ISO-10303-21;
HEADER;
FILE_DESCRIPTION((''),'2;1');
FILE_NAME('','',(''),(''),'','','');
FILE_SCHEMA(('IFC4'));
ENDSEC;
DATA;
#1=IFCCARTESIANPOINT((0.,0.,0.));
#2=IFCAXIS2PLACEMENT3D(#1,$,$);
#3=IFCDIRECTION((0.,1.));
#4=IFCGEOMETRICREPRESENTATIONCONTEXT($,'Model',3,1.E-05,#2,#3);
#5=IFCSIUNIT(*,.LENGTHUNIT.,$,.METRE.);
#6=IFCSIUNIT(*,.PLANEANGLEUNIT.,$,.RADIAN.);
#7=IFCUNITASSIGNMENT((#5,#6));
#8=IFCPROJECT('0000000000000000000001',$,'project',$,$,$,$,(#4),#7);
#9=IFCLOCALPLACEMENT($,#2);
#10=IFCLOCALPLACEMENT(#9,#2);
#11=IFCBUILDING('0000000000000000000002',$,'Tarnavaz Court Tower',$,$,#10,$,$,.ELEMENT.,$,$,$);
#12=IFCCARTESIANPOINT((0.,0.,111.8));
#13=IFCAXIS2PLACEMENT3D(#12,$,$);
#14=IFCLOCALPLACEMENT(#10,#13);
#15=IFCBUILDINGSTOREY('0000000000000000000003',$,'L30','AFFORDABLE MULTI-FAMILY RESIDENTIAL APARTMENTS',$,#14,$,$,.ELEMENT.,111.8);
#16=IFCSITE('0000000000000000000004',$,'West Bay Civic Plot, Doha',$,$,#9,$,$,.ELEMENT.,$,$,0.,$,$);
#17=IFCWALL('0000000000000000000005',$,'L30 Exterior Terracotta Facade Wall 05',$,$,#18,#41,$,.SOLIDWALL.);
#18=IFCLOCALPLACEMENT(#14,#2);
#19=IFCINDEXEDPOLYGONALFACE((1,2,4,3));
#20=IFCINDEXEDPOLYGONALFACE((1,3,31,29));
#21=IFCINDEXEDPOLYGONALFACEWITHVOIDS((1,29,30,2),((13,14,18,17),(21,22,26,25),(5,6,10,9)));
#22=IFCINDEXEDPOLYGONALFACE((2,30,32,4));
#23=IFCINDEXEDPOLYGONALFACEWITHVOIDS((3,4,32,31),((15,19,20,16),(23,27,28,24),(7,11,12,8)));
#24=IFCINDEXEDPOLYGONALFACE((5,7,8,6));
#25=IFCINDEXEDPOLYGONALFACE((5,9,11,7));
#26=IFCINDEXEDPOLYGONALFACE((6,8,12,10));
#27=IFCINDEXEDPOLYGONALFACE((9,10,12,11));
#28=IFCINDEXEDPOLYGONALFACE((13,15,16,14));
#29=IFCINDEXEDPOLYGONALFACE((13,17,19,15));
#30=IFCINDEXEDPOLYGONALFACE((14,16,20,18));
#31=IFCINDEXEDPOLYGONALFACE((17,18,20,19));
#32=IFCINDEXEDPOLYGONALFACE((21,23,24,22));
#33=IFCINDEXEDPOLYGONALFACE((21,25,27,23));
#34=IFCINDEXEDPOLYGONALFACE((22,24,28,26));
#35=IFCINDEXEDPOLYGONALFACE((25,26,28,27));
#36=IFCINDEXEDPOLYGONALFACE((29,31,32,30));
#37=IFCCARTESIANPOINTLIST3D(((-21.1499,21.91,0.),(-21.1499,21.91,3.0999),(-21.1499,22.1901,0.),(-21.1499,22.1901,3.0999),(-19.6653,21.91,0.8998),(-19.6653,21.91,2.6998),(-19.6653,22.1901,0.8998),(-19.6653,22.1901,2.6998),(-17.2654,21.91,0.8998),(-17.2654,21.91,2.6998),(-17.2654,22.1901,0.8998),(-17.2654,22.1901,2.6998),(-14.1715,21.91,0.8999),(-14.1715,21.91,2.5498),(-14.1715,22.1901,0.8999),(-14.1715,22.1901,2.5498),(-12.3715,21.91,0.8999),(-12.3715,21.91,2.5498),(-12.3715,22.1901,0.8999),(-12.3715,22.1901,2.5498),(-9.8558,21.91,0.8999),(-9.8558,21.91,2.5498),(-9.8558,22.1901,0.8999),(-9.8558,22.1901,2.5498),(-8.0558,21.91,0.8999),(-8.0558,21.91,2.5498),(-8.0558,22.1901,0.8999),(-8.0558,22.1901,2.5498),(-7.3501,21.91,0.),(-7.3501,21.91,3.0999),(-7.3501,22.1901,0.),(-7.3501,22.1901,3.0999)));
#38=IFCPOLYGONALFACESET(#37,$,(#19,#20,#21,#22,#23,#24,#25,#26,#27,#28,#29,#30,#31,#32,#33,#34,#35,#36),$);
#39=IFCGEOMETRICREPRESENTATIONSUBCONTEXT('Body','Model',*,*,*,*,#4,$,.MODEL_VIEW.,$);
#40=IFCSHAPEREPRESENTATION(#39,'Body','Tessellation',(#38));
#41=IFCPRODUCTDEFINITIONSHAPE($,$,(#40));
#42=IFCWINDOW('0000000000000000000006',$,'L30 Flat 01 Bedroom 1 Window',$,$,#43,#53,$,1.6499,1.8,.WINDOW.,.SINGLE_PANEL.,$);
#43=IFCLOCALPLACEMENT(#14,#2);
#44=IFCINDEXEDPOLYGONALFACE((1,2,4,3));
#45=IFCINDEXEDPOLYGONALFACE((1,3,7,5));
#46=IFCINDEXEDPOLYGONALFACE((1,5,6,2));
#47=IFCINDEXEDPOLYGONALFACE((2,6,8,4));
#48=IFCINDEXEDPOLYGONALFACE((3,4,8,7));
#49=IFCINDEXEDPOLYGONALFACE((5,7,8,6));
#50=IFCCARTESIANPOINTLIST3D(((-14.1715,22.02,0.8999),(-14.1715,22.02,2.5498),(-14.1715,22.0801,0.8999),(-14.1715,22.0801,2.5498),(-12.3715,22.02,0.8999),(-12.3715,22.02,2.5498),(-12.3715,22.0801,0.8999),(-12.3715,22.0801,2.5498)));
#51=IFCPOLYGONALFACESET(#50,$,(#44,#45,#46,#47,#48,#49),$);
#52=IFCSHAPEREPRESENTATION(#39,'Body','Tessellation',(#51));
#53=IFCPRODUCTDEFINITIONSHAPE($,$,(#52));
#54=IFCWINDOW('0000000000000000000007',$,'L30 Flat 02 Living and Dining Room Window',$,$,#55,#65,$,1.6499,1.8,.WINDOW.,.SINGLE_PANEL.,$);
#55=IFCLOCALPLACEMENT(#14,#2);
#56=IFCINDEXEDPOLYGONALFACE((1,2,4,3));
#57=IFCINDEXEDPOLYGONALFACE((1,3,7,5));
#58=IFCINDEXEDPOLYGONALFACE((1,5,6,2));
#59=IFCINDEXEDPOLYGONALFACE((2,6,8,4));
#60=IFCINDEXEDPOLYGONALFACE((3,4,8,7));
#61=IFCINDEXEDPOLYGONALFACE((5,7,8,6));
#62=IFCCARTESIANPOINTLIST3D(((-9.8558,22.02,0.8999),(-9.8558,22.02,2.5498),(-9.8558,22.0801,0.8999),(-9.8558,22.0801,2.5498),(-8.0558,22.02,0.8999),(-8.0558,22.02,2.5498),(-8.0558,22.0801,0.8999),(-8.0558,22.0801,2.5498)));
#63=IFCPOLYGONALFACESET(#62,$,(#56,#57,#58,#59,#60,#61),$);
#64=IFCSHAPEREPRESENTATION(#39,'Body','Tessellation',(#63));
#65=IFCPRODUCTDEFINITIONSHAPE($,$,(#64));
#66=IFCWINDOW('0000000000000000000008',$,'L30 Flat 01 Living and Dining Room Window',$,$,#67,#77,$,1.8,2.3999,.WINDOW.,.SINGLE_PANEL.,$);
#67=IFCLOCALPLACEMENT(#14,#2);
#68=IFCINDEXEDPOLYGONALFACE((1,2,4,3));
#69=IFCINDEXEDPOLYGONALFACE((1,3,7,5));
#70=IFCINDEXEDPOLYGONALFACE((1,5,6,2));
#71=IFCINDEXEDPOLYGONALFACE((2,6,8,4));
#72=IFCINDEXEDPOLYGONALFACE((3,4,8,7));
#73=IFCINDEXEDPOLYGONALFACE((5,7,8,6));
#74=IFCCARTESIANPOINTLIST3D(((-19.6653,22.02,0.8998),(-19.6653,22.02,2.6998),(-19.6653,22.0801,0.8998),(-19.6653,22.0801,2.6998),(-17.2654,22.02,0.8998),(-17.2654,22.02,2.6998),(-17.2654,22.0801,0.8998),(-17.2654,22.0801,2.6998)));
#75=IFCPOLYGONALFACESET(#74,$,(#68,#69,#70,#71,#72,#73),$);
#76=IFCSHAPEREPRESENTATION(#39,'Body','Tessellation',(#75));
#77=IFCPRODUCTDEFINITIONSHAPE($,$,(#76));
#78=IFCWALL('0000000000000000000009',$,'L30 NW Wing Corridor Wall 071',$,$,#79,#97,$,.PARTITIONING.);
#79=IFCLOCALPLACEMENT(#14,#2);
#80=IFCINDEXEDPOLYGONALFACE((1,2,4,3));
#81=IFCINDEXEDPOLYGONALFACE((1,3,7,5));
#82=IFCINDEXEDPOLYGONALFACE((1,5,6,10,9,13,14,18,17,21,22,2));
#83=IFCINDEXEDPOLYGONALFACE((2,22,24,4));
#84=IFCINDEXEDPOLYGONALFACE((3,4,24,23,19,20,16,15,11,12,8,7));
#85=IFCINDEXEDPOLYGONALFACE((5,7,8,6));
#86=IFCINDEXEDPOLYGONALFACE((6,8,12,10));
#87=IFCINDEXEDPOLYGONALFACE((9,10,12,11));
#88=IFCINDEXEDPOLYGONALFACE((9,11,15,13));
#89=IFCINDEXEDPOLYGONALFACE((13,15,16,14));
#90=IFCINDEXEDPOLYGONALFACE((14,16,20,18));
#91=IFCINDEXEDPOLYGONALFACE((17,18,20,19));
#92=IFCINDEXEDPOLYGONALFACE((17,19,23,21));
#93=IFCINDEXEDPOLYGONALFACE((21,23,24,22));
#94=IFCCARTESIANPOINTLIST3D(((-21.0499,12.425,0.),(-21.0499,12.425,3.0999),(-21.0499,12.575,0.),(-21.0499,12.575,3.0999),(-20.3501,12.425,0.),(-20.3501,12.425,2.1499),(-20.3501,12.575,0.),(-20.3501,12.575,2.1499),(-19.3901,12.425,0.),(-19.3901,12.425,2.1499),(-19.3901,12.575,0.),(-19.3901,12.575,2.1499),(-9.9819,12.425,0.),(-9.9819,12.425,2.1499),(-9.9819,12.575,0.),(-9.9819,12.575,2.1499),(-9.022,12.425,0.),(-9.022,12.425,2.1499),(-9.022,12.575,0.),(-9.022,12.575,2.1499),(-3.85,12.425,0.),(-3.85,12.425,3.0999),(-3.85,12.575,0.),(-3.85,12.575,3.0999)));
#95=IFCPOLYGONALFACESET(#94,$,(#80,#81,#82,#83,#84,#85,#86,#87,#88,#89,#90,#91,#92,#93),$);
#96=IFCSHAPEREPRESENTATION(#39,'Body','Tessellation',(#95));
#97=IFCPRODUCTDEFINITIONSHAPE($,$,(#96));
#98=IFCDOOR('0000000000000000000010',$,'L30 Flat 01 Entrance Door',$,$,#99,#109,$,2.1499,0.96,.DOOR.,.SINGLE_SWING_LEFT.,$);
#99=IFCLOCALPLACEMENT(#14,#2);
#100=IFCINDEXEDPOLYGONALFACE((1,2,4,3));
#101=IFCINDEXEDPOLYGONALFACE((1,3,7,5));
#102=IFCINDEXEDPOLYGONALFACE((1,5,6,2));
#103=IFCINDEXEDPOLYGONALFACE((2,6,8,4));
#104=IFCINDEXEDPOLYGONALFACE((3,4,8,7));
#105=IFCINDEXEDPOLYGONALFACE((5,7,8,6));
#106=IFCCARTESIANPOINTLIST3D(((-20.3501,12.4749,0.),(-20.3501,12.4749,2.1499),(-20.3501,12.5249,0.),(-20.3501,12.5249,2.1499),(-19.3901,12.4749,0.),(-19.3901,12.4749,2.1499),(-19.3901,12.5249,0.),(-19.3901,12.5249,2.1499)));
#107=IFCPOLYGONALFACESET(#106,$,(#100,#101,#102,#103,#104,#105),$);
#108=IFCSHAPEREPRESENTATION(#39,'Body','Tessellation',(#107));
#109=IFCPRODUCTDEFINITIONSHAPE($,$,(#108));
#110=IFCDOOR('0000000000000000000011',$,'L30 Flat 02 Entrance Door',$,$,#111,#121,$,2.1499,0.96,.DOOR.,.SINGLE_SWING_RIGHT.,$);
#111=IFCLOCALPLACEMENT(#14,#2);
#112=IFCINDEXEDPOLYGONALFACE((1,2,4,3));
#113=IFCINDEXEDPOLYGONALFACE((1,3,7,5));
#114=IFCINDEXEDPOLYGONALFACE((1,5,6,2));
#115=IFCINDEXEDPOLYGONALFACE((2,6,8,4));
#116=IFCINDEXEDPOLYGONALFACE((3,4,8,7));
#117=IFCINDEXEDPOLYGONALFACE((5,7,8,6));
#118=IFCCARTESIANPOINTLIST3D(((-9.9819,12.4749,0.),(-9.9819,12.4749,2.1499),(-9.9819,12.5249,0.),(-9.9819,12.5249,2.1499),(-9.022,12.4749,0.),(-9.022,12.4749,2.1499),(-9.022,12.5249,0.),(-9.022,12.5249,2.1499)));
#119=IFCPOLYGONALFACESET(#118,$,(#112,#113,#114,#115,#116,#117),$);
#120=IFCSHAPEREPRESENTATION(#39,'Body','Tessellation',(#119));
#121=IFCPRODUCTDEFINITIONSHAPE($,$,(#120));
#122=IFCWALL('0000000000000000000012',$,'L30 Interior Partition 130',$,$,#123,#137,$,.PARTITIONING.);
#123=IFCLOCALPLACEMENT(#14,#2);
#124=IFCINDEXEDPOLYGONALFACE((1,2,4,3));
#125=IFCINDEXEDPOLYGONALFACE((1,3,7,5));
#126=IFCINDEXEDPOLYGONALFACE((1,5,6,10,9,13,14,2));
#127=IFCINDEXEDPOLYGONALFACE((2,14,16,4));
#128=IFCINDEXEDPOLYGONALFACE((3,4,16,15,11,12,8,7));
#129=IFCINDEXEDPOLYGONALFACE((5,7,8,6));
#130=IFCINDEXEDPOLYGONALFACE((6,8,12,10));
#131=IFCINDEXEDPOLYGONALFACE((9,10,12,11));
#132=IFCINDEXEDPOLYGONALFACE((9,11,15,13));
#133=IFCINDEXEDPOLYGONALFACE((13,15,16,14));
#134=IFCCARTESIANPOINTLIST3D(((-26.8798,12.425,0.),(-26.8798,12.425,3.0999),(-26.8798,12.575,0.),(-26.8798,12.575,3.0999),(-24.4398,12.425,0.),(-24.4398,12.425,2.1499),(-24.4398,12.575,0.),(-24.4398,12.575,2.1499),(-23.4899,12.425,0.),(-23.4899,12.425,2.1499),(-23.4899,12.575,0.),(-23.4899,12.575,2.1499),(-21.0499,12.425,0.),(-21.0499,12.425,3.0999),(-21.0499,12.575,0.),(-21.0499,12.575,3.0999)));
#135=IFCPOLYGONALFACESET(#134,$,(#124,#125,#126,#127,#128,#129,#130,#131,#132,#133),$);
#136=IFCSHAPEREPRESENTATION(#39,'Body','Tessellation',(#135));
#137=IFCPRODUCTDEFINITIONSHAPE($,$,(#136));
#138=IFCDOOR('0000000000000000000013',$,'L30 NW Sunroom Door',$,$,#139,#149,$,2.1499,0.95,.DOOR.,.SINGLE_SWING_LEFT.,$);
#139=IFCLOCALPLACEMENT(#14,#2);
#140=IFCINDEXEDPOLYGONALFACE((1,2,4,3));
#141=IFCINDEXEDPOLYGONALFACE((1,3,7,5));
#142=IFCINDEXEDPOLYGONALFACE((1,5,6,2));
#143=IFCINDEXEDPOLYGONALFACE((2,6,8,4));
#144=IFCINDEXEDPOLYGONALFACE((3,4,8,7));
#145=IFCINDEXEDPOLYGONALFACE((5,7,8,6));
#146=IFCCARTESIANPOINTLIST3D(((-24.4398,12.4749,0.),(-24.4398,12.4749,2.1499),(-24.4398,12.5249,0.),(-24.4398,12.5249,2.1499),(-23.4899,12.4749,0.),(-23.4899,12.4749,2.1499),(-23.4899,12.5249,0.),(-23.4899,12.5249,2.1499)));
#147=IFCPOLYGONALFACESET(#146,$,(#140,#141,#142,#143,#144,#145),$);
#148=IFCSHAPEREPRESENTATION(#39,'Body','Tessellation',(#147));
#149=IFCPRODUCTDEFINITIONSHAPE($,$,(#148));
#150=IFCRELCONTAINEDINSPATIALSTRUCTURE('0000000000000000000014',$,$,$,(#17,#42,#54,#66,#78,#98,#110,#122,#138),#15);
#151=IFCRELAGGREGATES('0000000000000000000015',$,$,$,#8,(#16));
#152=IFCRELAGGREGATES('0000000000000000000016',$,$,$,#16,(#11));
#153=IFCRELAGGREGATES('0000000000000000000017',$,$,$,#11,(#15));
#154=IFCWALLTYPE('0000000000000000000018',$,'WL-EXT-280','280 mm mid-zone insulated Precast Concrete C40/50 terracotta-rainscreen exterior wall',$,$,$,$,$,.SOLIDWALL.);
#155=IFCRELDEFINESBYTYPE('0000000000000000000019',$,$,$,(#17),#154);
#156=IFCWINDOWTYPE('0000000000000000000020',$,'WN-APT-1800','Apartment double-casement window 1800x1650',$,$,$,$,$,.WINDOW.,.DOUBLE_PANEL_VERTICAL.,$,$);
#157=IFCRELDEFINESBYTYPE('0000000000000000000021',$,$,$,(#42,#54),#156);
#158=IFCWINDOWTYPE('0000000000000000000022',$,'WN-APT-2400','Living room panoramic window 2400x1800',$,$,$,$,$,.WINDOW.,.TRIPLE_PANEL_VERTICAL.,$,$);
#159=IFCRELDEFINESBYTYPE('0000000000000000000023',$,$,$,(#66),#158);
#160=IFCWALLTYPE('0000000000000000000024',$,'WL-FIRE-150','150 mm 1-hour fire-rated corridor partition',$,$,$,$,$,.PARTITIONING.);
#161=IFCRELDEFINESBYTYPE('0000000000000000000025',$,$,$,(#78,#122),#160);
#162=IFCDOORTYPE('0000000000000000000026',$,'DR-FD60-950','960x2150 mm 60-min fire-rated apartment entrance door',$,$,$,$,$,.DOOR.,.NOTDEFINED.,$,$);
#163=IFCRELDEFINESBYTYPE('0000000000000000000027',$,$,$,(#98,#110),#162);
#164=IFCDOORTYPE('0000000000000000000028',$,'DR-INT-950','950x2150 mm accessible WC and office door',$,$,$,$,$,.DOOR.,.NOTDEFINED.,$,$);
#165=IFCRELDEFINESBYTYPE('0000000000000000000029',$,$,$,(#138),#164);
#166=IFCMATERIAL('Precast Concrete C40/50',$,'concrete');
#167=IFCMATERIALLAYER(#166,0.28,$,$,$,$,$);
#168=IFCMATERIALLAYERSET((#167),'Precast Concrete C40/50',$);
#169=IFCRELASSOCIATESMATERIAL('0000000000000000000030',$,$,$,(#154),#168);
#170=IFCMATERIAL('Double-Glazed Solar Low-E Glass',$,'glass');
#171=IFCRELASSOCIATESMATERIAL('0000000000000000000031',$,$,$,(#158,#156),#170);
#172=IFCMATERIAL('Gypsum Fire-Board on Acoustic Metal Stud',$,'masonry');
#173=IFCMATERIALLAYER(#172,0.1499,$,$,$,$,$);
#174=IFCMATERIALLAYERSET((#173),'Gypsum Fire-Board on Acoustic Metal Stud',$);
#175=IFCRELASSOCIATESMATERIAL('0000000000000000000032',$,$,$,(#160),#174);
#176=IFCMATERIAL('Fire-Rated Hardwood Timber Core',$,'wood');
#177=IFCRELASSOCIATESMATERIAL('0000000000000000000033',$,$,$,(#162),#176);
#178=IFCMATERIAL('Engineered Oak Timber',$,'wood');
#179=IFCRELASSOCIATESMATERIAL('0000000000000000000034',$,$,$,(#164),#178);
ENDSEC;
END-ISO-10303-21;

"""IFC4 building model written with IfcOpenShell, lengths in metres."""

from ifc_helpers import new_model, si_unit, direction, frame, frame_2d, origin, place, context, subcontext, project, spatial, rectangle, extrude, material, layer, layer_set, type_object, element, fill, save


model = new_model("IFC4")

# Units and contexts
model_context = context("Model", 3, precision=1e-05, world=origin(), true_north=direction((0.0, 1.0)))
body_context = subcontext(model_context, "Body", "Model", "MODEL_VIEW")
ifc_project = project(units=[si_unit("LENGTHUNIT", "METRE"), si_unit("PLANEANGLEUNIT", "RADIAN")], contexts=[model_context])

# Site, building, storey
site_placement = place(None, origin())
site = spatial("IfcSite", under=ifc_project, at=site_placement, Name="West Bay Civic Plot, Doha", CompositionType="ELEMENT", RefElevation=0.0)
building_placement = place(site_placement, origin())
building = spatial("IfcBuilding", under=site, at=building_placement, Name="Tarnavaz Court Tower", CompositionType="ELEMENT")
storey_placement = place(building_placement, frame((0.0, 0.0, 111.8)))
storey = spatial("IfcBuildingStorey", under=building, at=storey_placement, Name="L30", Description="AFFORDABLE MULTI-FAMILY RESIDENTIAL APARTMENTS", CompositionType="ELEMENT", Elevation=111.8)

# Shared definitions
ifc_material_1 = material(Name="Precast Concrete C40/50", Category="concrete")
ifc_layer_1 = layer(ifc_material_1, 0.28)
ifc_layer_set_1 = layer_set([ifc_layer_1], Name="Precast Concrete C40/50")
wall_type_1 = type_object("IfcWallType", Name="WL-EXT-280", Description="280 mm mid-zone insulated Precast Concrete C40/50 terracotta-rainscreen exterior wall", PredefinedType="SOLIDWALL", material=ifc_layer_set_1)
ifc_material_2 = material(Name="Double-Glazed Solar Low-E Glass", Category="glass")
window_type_1 = type_object("IfcWindowType", Name="WN-APT-2400", Description="Living room panoramic window 2400x1800", PartitioningType="TRIPLE_PANEL_VERTICAL", PredefinedType="WINDOW", material=ifc_material_2)

# Wall, openings, windows
wall_1_placement = place(storey_placement, frame((-21.1499, 22.05, 0.0), z_axis=(0.0, 0.0, 1.0), x_axis=(1.0, 0.0, 0.0)))
wall_1 = element("IfcWall", 1, at=wall_1_placement, inside=storey, type_object=wall_type_1, Name="L30 Exterior Terracotta Facade Wall 05", PredefinedType="SOLIDWALL", context=body_context, shape_type="SweptSolid", body=[
    extrude(rectangle(XDim=13.7998, YDim=0.28, at=frame_2d((6.8999, 0.0))), origin(), (0.0, 0.0, 1.0), 3.0999),
])
opening_1_placement = place(wall_1_placement, frame((1.4846, 0.0, 0.8999)))
opening_1 = element("IfcOpeningElement", 2, at=opening_1_placement, cuts=wall_1, PredefinedType="OPENING", context=body_context, shape_type="SweptSolid", body=[
    extrude(rectangle(XDim=2.3999, YDim=1.8, at=frame_2d((1.2, 0.8999))), frame((0.0, 0.1499, 0.0), z_axis=(0.0, -1.0, 0.0), x_axis=(1.0, 0.0, 0.0)), (0.0, 0.0, 1.0), 0.3),
])
opening_2_placement = place(wall_1_placement, frame((6.9785, 0.0, 0.8999)))
opening_2 = element("IfcOpeningElement", 3, at=opening_2_placement, cuts=wall_1, PredefinedType="OPENING", context=body_context, shape_type="SweptSolid", body=[
    extrude(rectangle(XDim=1.8, YDim=1.6499, at=frame_2d((0.8999, 0.825))), frame((0.0, 0.1499, 0.0), z_axis=(0.0, -1.0, 0.0), x_axis=(1.0, 0.0, 0.0)), (0.0, 0.0, 1.0), 0.3),
])
opening_3_placement = place(wall_1_placement, frame((11.2942, 0.0, 0.8999)))
opening_3 = element("IfcOpeningElement", 4, at=opening_3_placement, cuts=wall_1, PredefinedType="OPENING", context=body_context, shape_type="SweptSolid", body=[
    extrude(rectangle(XDim=1.8, YDim=1.6499, at=frame_2d((0.8999, 0.825))), frame((0.0, 0.1499, 0.0), z_axis=(0.0, -1.0, 0.0), x_axis=(1.0, 0.0, 0.0)), (0.0, 0.0, 1.0), 0.3),
])
window_type_2 = type_object("IfcWindowType", Name="WN-APT-1800", Description="Apartment double-casement window 1800x1650", PartitioningType="DOUBLE_PANEL_VERTICAL", PredefinedType="WINDOW", material=ifc_material_2)
window_1_placement = place(opening_2_placement, origin())
window_1 = element("IfcWindow", 5, at=window_1_placement, inside=storey, type_object=window_type_2, Name="L30 Flat 01 Bedroom 1 Window", OverallHeight=1.6499, OverallWidth=1.8, PartitioningType="SINGLE_PANEL", PredefinedType="WINDOW", context=body_context, shape_type="SweptSolid", body=[
    extrude(rectangle(XDim=1.8, YDim=1.6499, at=frame_2d((0.8999, 0.825))), frame((0.0, 0.03, 0.0), z_axis=(0.0, -1.0, 0.0), x_axis=(1.0, 0.0, 0.0)), (0.0, 0.0, 1.0), 0.0601),
])
fill(opening_2, window_1)
window_2_placement = place(opening_3_placement, origin())
window_2 = element("IfcWindow", 6, at=window_2_placement, inside=storey, type_object=window_type_2, Name="L30 Flat 02 Living and Dining Room Window", OverallHeight=1.6499, OverallWidth=1.8, PartitioningType="SINGLE_PANEL", PredefinedType="WINDOW", context=body_context, shape_type="SweptSolid", body=[
    extrude(rectangle(XDim=1.8, YDim=1.6499, at=frame_2d((0.8999, 0.825))), frame((0.0, 0.03, 0.0), z_axis=(0.0, -1.0, 0.0), x_axis=(1.0, 0.0, 0.0)), (0.0, 0.0, 1.0), 0.0601),
])
fill(opening_3, window_2)
window_3_placement = place(opening_1_placement, origin())
window_3 = element("IfcWindow", 7, at=window_3_placement, inside=storey, type_object=window_type_1, Name="L30 Flat 01 Living and Dining Room Window", OverallHeight=1.8, OverallWidth=2.3999, PartitioningType="SINGLE_PANEL", PredefinedType="WINDOW", context=body_context, shape_type="SweptSolid", body=[
    extrude(rectangle(XDim=2.3999, YDim=1.8, at=frame_2d((1.2, 0.8999))), frame((0.0, 0.03, 0.0), z_axis=(0.0, -1.0, 0.0), x_axis=(1.0, 0.0, 0.0)), (0.0, 0.0, 1.0), 0.0601),
])
fill(opening_1, window_3)

# Wall, openings, doors
ifc_material_3 = material(Name="Gypsum Fire-Board on Acoustic Metal Stud", Category="masonry")
ifc_layer_2 = layer(ifc_material_3, 0.1499)
ifc_layer_set_2 = layer_set([ifc_layer_2], Name="Gypsum Fire-Board on Acoustic Metal Stud")
wall_type_2 = type_object("IfcWallType", Name="WL-FIRE-150", Description="150 mm 1-hour fire-rated corridor partition", PredefinedType="PARTITIONING", material=ifc_layer_set_2)
wall_2_placement = place(storey_placement, frame((-21.05, 12.5, 0.0), z_axis=(0.0, 0.0, 1.0), x_axis=(1.0, 0.0, 0.0)))
wall_2 = element("IfcWall", 8, at=wall_2_placement, inside=storey, type_object=wall_type_2, Name="L30 NW Wing Corridor Wall 071", PredefinedType="PARTITIONING", context=body_context, shape_type="SweptSolid", body=[
    extrude(rectangle(XDim=17.2, YDim=0.1499, at=frame_2d((8.6001, 0.0))), origin(), (0.0, 0.0, 1.0), 3.0999),
])
opening_4_placement = place(wall_2_placement, frame((0.7, 0.0, 0.0)))
opening_4 = element("IfcOpeningElement", 9, at=opening_4_placement, cuts=wall_2, PredefinedType="OPENING", context=body_context, shape_type="SweptSolid", body=[
    extrude(rectangle(XDim=0.96, YDim=2.1499, at=frame_2d((0.48, 1.075))), frame((0.0, 0.085, 0.0), z_axis=(0.0, -1.0, 0.0), x_axis=(1.0, 0.0, 0.0)), (0.0, 0.0, 1.0), 0.1699),
])
opening_5_placement = place(wall_2_placement, frame((11.0681, 0.0, 0.0)))
opening_5 = element("IfcOpeningElement", 10, at=opening_5_placement, cuts=wall_2, PredefinedType="OPENING", context=body_context, shape_type="SweptSolid", body=[
    extrude(rectangle(XDim=0.96, YDim=2.1499, at=frame_2d((0.48, 1.075))), frame((0.0, 0.085, 0.0), z_axis=(0.0, -1.0, 0.0), x_axis=(1.0, 0.0, 0.0)), (0.0, 0.0, 1.0), 0.1699),
])
ifc_material_4 = material(Name="Fire-Rated Hardwood Timber Core", Category="wood")
door_type_1 = type_object("IfcDoorType", Name="DR-FD60-950", Description="960x2150 mm 60-min fire-rated apartment entrance door", OperationType="NOTDEFINED", PredefinedType="DOOR", material=ifc_material_4)
door_1_placement = place(opening_4_placement, origin())
door_1 = element("IfcDoor", 11, at=door_1_placement, inside=storey, type_object=door_type_1, Name="L30 Flat 01 Entrance Door", OperationType="SINGLE_SWING_LEFT", OverallHeight=2.1499, OverallWidth=0.96, PredefinedType="DOOR", context=body_context, shape_type="SweptSolid", body=[
    extrude(rectangle(XDim=0.96, YDim=2.1499, at=frame_2d((0.48, 1.075))), frame((0.0, 0.0249, 0.0), z_axis=(0.0, -1.0, 0.0), x_axis=(1.0, 0.0, 0.0)), (0.0, 0.0, 1.0), 0.05),
])
fill(opening_4, door_1)
door_2_placement = place(opening_5_placement, origin())
door_2 = element("IfcDoor", 12, at=door_2_placement, inside=storey, type_object=door_type_1, Name="L30 Flat 02 Entrance Door", OperationType="SINGLE_SWING_RIGHT", OverallHeight=2.1499, OverallWidth=0.96, PredefinedType="DOOR", context=body_context, shape_type="SweptSolid", body=[
    extrude(rectangle(XDim=0.96, YDim=2.1499, at=frame_2d((0.48, 1.075))), frame((0.0, 0.0249, 0.0), z_axis=(0.0, -1.0, 0.0), x_axis=(1.0, 0.0, 0.0)), (0.0, 0.0, 1.0), 0.05),
])
fill(opening_5, door_2)

# Wall, opening, door
wall_3_placement = place(storey_placement, frame((-26.8799, 12.5, 0.0), z_axis=(0.0, 0.0, 1.0), x_axis=(1.0, 0.0, 0.0)))
wall_3 = element("IfcWall", 13, at=wall_3_placement, inside=storey, type_object=wall_type_2, Name="L30 Interior Partition 130", PredefinedType="PARTITIONING", context=body_context, shape_type="SweptSolid", body=[
    extrude(rectangle(XDim=5.8298, YDim=0.1499, at=frame_2d((2.915, 0.0))), origin(), (0.0, 0.0, 1.0), 3.0999),
])
opening_6_placement = place(wall_3_placement, frame((2.4399, 0.0, 0.0)))
opening_6 = element("IfcOpeningElement", 14, at=opening_6_placement, cuts=wall_3, PredefinedType="OPENING", context=body_context, shape_type="SweptSolid", body=[
    extrude(rectangle(XDim=0.95, YDim=2.1499, at=frame_2d((0.4751, 1.075))), frame((0.0, 0.085, 0.0), z_axis=(0.0, -1.0, 0.0), x_axis=(1.0, 0.0, 0.0)), (0.0, 0.0, 1.0), 0.1699),
])
ifc_material_5 = material(Name="Engineered Oak Timber", Category="wood")
door_type_2 = type_object("IfcDoorType", Name="DR-INT-950", Description="950x2150 mm accessible WC and office door", OperationType="NOTDEFINED", PredefinedType="DOOR", material=ifc_material_5)
door_3_placement = place(opening_6_placement, origin())
door_3 = element("IfcDoor", 15, at=door_3_placement, inside=storey, type_object=door_type_2, Name="L30 NW Sunroom Door", OperationType="SINGLE_SWING_LEFT", OverallHeight=2.1499, OverallWidth=0.95, PredefinedType="DOOR", context=body_context, shape_type="SweptSolid", body=[
    extrude(rectangle(XDim=0.95, YDim=2.1499, at=frame_2d((0.4751, 1.075))), frame((0.0, 0.0249, 0.0), z_axis=(0.0, -1.0, 0.0), x_axis=(1.0, 0.0, 0.0)), (0.0, 0.0, 1.0), 0.05),
])
fill(opening_6, door_3)

save(model, "model.ifc")
